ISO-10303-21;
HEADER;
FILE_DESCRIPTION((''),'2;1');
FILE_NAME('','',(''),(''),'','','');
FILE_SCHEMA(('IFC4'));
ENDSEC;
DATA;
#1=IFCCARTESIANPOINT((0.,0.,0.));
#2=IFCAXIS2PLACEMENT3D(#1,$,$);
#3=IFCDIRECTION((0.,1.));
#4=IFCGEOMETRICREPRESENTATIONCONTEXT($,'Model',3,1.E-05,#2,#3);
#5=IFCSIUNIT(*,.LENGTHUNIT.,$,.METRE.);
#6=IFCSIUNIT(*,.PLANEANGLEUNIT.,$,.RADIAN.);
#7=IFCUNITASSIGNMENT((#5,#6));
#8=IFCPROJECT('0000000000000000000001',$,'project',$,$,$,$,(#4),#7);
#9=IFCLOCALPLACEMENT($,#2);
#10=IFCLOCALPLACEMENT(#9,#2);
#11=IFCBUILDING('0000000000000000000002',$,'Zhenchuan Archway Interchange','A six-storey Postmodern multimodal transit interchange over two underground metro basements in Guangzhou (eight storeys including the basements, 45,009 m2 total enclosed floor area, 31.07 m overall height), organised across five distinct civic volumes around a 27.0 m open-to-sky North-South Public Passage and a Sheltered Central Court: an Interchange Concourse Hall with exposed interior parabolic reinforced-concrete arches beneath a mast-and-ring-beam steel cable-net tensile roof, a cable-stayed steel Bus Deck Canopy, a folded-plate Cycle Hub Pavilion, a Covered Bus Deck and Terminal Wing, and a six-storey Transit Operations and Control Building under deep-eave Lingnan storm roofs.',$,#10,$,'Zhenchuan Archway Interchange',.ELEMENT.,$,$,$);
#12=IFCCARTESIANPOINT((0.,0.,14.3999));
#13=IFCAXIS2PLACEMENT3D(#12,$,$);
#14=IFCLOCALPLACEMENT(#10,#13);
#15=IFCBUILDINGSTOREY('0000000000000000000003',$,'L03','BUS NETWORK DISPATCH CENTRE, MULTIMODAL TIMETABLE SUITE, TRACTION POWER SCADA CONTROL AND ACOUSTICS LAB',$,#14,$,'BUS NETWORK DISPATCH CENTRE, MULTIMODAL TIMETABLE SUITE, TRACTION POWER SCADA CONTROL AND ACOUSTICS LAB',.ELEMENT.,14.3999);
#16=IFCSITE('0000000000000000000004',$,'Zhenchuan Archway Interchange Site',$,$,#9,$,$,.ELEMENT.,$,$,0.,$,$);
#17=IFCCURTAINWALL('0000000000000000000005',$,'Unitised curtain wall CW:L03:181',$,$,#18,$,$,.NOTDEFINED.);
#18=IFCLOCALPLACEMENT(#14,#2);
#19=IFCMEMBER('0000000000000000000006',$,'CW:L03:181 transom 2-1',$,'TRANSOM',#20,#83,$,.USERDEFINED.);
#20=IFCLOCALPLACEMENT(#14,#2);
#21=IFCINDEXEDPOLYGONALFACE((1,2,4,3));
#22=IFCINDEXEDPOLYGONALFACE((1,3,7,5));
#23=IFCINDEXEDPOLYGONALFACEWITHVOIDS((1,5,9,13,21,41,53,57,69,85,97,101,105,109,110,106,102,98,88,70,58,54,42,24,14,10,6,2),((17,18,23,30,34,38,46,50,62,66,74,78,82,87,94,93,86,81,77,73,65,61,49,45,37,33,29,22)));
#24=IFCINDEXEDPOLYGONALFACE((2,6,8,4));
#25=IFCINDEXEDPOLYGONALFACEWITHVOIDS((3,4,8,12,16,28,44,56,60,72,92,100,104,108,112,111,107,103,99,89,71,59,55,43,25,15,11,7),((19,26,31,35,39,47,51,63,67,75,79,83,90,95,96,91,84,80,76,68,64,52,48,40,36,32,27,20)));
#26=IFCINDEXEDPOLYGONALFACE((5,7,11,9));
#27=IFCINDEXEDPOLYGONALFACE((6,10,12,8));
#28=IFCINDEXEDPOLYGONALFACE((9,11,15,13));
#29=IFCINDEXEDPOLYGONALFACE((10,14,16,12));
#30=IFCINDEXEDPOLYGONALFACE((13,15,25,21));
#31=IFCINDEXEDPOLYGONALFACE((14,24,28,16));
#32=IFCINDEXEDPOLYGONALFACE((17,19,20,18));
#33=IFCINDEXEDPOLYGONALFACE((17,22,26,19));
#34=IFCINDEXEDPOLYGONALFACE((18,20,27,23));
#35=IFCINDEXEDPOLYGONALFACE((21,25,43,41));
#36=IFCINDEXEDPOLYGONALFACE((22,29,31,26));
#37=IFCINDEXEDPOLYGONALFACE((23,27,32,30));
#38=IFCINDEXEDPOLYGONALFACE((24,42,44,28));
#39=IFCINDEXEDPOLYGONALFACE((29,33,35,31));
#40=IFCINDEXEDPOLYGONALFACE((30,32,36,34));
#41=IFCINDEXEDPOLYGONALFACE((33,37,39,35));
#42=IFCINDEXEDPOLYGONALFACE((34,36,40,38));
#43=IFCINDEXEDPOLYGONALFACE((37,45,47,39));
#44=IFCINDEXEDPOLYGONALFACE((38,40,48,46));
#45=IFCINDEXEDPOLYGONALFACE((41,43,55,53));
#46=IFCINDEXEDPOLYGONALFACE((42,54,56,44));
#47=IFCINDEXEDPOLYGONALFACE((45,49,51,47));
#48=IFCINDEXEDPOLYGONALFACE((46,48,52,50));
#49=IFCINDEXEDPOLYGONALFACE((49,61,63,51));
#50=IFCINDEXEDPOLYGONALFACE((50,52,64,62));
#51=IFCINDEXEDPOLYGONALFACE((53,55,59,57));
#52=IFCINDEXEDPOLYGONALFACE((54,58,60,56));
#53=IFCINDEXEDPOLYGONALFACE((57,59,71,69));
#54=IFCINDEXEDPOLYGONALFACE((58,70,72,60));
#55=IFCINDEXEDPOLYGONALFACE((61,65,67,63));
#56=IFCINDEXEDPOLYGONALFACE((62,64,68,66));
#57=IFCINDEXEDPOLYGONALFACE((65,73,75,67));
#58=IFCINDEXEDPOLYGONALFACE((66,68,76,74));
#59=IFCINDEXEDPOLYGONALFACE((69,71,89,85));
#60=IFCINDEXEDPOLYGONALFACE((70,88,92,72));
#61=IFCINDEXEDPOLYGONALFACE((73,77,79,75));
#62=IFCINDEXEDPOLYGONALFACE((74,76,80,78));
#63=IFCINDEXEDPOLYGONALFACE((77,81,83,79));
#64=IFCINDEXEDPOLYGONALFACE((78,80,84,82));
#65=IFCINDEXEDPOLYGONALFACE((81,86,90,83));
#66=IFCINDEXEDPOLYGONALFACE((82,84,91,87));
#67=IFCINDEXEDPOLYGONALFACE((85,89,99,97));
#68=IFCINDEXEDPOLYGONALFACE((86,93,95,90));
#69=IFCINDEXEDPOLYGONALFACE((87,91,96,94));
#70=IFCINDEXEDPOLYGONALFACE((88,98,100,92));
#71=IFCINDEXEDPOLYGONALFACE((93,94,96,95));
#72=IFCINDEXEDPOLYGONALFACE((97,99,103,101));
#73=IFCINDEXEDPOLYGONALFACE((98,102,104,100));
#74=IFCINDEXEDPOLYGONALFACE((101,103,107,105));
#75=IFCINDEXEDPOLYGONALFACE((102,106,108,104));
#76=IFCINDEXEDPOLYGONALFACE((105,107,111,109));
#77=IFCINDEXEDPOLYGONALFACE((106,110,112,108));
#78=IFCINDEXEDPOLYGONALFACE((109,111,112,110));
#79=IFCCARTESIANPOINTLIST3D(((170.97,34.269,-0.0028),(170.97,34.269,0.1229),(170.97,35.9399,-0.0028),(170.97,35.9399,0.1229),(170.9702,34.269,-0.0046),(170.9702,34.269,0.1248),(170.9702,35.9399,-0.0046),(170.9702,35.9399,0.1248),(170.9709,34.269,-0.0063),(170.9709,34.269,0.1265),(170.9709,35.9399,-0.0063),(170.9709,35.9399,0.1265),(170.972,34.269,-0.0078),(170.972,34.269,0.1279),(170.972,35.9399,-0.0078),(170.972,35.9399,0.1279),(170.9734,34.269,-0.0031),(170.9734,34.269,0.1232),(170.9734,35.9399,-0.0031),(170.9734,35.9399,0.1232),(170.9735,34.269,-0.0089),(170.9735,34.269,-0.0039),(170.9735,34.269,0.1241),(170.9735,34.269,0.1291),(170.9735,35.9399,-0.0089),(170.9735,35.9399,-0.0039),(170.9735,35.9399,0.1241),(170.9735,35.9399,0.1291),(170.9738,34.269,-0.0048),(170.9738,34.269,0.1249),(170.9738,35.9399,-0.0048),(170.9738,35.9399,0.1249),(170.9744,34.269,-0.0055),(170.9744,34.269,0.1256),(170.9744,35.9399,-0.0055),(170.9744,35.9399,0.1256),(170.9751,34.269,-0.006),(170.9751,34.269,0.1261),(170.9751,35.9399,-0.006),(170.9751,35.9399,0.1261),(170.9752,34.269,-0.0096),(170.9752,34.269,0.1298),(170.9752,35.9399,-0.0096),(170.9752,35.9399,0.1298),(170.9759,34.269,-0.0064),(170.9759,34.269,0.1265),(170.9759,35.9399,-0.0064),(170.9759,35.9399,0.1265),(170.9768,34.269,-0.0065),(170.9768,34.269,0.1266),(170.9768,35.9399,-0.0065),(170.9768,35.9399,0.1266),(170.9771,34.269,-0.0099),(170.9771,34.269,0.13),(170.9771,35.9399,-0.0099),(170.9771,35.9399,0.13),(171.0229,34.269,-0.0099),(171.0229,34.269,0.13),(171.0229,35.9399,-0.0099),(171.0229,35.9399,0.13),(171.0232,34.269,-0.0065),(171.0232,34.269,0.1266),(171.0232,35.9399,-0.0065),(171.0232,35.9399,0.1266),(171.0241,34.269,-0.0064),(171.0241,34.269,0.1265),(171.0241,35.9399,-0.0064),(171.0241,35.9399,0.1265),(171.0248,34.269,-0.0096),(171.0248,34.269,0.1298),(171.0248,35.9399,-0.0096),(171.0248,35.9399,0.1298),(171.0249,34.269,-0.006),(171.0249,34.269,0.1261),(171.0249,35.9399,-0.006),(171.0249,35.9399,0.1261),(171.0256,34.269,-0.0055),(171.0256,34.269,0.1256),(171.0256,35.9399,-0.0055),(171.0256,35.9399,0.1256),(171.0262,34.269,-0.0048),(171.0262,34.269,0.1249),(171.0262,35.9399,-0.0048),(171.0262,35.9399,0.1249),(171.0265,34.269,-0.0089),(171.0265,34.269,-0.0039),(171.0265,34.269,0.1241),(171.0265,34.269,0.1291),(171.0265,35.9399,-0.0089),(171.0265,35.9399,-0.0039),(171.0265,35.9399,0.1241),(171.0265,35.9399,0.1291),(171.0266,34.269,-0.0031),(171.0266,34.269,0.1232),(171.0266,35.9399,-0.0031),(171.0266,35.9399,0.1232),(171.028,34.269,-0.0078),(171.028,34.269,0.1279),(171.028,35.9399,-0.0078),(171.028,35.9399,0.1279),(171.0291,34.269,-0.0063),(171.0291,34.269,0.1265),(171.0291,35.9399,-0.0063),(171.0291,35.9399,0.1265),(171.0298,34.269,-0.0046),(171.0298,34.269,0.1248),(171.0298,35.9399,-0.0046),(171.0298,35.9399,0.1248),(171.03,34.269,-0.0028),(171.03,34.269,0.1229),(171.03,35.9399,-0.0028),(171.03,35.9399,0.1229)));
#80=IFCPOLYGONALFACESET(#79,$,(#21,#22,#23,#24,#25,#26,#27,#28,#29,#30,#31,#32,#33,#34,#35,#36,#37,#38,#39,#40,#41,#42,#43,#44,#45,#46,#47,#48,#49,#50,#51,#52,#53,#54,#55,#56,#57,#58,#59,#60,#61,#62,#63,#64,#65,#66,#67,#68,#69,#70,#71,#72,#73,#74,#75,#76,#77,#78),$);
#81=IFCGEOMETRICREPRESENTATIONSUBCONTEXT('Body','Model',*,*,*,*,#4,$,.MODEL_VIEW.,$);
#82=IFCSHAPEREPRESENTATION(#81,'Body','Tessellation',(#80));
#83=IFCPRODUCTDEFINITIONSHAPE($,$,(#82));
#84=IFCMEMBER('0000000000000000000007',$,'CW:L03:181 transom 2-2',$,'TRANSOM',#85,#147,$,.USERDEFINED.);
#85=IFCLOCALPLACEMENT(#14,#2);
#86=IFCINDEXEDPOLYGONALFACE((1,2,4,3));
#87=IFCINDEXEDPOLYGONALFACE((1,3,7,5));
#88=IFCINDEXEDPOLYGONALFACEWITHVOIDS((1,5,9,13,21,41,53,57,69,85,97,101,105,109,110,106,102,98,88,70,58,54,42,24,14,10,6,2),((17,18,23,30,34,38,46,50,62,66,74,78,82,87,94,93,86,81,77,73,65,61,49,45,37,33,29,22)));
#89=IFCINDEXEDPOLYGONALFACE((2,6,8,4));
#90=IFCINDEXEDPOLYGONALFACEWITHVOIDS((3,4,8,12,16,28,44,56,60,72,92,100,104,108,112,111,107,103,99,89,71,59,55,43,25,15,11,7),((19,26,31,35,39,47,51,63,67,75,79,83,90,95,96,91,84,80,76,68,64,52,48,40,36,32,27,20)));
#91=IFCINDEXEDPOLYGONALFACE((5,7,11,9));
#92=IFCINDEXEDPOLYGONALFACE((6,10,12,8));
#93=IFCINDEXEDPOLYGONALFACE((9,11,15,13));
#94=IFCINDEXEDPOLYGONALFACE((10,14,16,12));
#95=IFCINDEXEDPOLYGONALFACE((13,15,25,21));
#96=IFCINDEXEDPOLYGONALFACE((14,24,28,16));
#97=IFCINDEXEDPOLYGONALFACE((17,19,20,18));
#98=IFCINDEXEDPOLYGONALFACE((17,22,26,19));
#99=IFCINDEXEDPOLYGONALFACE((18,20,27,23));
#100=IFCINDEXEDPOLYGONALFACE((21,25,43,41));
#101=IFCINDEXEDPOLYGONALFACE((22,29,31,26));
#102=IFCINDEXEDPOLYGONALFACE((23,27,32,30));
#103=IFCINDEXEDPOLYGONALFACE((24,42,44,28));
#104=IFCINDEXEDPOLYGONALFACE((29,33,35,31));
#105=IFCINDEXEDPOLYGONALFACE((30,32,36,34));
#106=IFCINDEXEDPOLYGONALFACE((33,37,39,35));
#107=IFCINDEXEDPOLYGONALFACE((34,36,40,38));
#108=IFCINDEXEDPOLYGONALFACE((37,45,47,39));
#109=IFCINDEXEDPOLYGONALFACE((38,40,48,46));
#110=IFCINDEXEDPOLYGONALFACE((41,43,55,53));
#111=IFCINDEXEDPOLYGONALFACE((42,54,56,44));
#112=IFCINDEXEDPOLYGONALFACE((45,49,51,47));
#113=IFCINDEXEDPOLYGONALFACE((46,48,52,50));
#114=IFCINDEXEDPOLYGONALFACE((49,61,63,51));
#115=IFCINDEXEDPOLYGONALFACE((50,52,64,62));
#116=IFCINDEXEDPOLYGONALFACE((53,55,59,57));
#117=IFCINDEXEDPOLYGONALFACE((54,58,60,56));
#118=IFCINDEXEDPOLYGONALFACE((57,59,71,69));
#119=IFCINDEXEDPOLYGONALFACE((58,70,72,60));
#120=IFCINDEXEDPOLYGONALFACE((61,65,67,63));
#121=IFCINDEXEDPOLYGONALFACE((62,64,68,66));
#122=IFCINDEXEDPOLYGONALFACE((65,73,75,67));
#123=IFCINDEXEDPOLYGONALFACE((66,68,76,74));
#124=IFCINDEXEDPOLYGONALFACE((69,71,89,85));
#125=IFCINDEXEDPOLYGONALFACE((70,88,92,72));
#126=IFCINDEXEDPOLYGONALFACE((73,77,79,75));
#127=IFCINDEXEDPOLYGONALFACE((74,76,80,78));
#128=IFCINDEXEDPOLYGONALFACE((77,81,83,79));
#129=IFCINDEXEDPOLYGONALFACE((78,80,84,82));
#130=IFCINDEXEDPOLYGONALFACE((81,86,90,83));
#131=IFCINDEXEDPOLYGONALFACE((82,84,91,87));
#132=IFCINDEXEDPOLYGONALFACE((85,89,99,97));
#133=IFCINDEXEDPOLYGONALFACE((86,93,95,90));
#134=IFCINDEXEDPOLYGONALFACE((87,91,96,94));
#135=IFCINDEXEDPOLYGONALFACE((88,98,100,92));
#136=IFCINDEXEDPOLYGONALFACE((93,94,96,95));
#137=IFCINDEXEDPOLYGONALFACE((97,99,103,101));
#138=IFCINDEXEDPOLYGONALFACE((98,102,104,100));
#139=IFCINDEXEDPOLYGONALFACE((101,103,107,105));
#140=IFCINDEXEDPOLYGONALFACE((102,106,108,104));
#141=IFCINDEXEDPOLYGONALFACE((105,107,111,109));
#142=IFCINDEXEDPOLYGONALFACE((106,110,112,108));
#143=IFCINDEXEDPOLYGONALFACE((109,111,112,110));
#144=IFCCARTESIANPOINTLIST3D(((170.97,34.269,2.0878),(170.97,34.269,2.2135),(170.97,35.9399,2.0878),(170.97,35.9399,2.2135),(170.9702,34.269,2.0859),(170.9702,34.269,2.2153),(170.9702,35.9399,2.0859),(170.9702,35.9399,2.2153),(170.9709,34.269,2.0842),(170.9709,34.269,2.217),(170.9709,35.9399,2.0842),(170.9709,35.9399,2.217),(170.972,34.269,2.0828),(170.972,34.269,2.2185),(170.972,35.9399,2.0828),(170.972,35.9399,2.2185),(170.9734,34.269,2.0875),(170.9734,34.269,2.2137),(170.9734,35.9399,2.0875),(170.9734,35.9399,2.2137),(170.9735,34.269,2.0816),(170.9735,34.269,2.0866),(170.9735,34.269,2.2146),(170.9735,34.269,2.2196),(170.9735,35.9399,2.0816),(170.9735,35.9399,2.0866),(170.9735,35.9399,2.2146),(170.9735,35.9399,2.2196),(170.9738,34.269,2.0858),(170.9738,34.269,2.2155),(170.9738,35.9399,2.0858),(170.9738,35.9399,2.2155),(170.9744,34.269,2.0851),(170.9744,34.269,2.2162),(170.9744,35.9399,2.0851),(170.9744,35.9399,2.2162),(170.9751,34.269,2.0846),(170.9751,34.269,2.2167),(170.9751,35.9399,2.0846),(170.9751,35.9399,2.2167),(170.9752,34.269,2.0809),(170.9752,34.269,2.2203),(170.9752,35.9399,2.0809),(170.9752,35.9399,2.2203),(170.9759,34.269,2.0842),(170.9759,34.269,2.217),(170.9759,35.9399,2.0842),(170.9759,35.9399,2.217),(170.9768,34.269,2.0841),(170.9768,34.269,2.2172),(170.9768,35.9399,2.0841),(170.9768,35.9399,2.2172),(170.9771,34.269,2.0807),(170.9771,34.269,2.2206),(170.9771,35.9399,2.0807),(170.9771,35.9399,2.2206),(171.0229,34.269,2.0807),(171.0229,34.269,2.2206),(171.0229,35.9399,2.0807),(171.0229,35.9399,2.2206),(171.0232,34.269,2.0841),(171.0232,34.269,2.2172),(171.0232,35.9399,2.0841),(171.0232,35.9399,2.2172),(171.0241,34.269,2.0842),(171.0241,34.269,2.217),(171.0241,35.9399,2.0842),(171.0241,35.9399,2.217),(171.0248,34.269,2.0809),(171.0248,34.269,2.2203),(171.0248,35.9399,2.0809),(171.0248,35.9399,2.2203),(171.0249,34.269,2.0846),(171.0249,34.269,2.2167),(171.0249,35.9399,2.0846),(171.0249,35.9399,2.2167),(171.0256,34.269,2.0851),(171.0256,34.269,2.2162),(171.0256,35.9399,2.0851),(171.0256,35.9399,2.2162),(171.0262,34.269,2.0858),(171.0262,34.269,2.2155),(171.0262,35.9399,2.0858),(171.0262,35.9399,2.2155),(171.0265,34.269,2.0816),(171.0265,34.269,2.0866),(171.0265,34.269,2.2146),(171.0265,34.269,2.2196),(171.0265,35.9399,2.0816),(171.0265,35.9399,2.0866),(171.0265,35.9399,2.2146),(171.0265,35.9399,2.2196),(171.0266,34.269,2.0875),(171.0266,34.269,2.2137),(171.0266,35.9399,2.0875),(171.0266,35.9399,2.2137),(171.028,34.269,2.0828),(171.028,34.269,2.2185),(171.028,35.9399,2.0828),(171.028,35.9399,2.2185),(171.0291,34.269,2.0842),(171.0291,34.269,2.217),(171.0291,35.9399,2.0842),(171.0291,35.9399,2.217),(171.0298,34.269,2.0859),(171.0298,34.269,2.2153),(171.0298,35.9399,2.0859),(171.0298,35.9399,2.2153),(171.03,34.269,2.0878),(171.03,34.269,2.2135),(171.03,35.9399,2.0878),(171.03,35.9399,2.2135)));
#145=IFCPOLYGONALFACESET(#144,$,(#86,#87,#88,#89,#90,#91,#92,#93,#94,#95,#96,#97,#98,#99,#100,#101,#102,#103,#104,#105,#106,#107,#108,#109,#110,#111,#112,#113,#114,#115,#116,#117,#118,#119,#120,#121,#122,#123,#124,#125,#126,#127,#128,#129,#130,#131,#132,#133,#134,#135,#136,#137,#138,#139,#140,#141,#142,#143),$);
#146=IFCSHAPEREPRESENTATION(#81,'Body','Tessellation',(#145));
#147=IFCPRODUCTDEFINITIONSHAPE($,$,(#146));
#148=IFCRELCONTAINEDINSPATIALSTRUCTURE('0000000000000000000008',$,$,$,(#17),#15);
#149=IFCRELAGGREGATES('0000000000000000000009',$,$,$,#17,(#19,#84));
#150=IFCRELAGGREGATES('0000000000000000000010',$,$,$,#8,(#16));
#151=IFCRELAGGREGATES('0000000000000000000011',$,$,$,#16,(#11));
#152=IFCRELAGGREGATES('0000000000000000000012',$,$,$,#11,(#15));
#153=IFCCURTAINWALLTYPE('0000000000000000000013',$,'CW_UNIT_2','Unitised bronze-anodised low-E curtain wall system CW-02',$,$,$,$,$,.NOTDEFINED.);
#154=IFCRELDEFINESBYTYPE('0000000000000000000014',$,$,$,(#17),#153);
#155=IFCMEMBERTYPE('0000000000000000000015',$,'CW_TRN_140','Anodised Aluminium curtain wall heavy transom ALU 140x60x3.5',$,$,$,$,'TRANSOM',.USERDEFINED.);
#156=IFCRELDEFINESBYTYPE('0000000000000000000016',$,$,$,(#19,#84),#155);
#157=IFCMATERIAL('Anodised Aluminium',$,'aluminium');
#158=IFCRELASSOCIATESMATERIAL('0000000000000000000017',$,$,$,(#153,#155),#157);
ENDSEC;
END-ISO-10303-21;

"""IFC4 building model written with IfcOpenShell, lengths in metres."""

from ifc_helpers import new_model, si_unit, direction, frame, origin, origin_2d, place, context, subcontext, project, spatial, hollow_rectangle, extrude, material, material_profile, profile_set, type_object, element, aggregate, save


model = new_model("IFC4")

# Units and contexts
model_context = context("Model", 3, precision=1e-05, world=origin(), true_north=direction((0.0, 1.0)))
body_context = subcontext(model_context, "Body", "Model", "MODEL_VIEW")
ifc_project = project(units=[si_unit("LENGTHUNIT", "METRE"), si_unit("PLANEANGLEUNIT", "RADIAN")], contexts=[model_context])

# Site, building, storey
site_placement = place(None, origin())
site = spatial("IfcSite", under=ifc_project, at=site_placement, Name="Zhenchuan Archway Interchange Site", CompositionType="ELEMENT", RefElevation=0.0)
building_placement = place(site_placement, origin())
building = spatial("IfcBuilding", under=site, at=building_placement, Name="Zhenchuan Archway Interchange", Description="A six-storey Postmodern multimodal transit interchange over two underground metro basements in Guangzhou (eight storeys including the basements, 45,009 m2 total enclosed floor area, 31.07 m overall height), organised across five distinct civic volumes around a 27.0 m open-to-sky North-South Public Passage and a Sheltered Central Court: an Interchange Concourse Hall with exposed interior parabolic reinforced-concrete arches beneath a mast-and-ring-beam steel cable-net tensile roof, a cable-stayed steel Bus Deck Canopy, a folded-plate Cycle Hub Pavilion, a Covered Bus Deck and Terminal Wing, and a six-storey Transit Operations and Control Building under deep-eave Lingnan storm roofs.", LongName="Zhenchuan Archway Interchange", CompositionType="ELEMENT")
storey_placement = place(building_placement, frame((0.0, 0.0, 14.3999)))
storey = spatial("IfcBuildingStorey", under=building, at=storey_placement, Name="L03", Description="BUS NETWORK DISPATCH CENTRE, MULTIMODAL TIMETABLE SUITE, TRACTION POWER SCADA CONTROL AND ACOUSTICS LAB", LongName="BUS NETWORK DISPATCH CENTRE, MULTIMODAL TIMETABLE SUITE, TRACTION POWER SCADA CONTROL AND ACOUSTICS LAB", CompositionType="ELEMENT", Elevation=14.3999)

# Curtain wall
ifc_material_1 = material(Name="Anodised Aluminium", Category="aluminium")
curtain_wall_type_1 = type_object("IfcCurtainWallType", Name="CW_UNIT_2", Description="Unitised bronze-anodised low-E curtain wall system CW-02", PredefinedType="NOTDEFINED", material=ifc_material_1)
curtain_wall_1_placement = place(storey_placement, origin())
curtain_wall_1 = element("IfcCurtainWall", 1, at=curtain_wall_1_placement, inside=storey, type_object=curtain_wall_type_1, Name="Unitised curtain wall CW:L03:181", PredefinedType="NOTDEFINED")

# Members
ifc_material_profile_1 = material_profile(ifc_material_1, hollow_rectangle(XDim=0.0601, YDim=0.1399, WallThickness=0.0034, InnerFilletRadius=0.0034, OuterFilletRadius=0.0071, at=origin_2d()), Name="ALU 140x60x3.5")
ifc_profile_set_1 = profile_set([ifc_material_profile_1], Name="Anodised Aluminium")
member_type_1 = type_object("IfcMemberType", Name="CW_TRN_140", Description="Anodised Aluminium curtain wall heavy transom ALU 140x60x3.5", ElementType="TRANSOM", PredefinedType="USERDEFINED", material=ifc_profile_set_1)
member_1_placement = place(storey_placement, frame((171.0, 35.9399, 0.0601), z_axis=(0.0, -1.0, 0.0), x_axis=(1.0, 0.0, 0.0)))
member_1 = element("IfcMember", 2, at=member_1_placement, type_object=member_type_1, Name="CW:L03:181 transom 2-1", ObjectType="TRANSOM", PredefinedType="USERDEFINED", context=body_context, shape_type="SweptSolid", body=[
    extrude(hollow_rectangle(XDim=0.0601, YDim=0.1399, WallThickness=0.0034, InnerFilletRadius=0.0034, OuterFilletRadius=0.0071, at=origin_2d()), origin(), (0.0, 0.0, 1.0), 1.6709),
])
member_2_placement = place(storey_placement, frame((171.0, 35.9399, 2.1506), z_axis=(0.0, -1.0, 0.0), x_axis=(1.0, 0.0, 0.0)))
member_2 = element("IfcMember", 3, at=member_2_placement, type_object=member_type_1, Name="CW:L03:181 transom 2-2", ObjectType="TRANSOM", PredefinedType="USERDEFINED", context=body_context, shape_type="SweptSolid", body=[
    extrude(hollow_rectangle(XDim=0.0601, YDim=0.1399, WallThickness=0.0034, InnerFilletRadius=0.0034, OuterFilletRadius=0.0071, at=origin_2d()), origin(), (0.0, 0.0, 1.0), 1.6709),
])

aggregate(curtain_wall_1, [member_1, member_2])

save(model, "model.ifc")
